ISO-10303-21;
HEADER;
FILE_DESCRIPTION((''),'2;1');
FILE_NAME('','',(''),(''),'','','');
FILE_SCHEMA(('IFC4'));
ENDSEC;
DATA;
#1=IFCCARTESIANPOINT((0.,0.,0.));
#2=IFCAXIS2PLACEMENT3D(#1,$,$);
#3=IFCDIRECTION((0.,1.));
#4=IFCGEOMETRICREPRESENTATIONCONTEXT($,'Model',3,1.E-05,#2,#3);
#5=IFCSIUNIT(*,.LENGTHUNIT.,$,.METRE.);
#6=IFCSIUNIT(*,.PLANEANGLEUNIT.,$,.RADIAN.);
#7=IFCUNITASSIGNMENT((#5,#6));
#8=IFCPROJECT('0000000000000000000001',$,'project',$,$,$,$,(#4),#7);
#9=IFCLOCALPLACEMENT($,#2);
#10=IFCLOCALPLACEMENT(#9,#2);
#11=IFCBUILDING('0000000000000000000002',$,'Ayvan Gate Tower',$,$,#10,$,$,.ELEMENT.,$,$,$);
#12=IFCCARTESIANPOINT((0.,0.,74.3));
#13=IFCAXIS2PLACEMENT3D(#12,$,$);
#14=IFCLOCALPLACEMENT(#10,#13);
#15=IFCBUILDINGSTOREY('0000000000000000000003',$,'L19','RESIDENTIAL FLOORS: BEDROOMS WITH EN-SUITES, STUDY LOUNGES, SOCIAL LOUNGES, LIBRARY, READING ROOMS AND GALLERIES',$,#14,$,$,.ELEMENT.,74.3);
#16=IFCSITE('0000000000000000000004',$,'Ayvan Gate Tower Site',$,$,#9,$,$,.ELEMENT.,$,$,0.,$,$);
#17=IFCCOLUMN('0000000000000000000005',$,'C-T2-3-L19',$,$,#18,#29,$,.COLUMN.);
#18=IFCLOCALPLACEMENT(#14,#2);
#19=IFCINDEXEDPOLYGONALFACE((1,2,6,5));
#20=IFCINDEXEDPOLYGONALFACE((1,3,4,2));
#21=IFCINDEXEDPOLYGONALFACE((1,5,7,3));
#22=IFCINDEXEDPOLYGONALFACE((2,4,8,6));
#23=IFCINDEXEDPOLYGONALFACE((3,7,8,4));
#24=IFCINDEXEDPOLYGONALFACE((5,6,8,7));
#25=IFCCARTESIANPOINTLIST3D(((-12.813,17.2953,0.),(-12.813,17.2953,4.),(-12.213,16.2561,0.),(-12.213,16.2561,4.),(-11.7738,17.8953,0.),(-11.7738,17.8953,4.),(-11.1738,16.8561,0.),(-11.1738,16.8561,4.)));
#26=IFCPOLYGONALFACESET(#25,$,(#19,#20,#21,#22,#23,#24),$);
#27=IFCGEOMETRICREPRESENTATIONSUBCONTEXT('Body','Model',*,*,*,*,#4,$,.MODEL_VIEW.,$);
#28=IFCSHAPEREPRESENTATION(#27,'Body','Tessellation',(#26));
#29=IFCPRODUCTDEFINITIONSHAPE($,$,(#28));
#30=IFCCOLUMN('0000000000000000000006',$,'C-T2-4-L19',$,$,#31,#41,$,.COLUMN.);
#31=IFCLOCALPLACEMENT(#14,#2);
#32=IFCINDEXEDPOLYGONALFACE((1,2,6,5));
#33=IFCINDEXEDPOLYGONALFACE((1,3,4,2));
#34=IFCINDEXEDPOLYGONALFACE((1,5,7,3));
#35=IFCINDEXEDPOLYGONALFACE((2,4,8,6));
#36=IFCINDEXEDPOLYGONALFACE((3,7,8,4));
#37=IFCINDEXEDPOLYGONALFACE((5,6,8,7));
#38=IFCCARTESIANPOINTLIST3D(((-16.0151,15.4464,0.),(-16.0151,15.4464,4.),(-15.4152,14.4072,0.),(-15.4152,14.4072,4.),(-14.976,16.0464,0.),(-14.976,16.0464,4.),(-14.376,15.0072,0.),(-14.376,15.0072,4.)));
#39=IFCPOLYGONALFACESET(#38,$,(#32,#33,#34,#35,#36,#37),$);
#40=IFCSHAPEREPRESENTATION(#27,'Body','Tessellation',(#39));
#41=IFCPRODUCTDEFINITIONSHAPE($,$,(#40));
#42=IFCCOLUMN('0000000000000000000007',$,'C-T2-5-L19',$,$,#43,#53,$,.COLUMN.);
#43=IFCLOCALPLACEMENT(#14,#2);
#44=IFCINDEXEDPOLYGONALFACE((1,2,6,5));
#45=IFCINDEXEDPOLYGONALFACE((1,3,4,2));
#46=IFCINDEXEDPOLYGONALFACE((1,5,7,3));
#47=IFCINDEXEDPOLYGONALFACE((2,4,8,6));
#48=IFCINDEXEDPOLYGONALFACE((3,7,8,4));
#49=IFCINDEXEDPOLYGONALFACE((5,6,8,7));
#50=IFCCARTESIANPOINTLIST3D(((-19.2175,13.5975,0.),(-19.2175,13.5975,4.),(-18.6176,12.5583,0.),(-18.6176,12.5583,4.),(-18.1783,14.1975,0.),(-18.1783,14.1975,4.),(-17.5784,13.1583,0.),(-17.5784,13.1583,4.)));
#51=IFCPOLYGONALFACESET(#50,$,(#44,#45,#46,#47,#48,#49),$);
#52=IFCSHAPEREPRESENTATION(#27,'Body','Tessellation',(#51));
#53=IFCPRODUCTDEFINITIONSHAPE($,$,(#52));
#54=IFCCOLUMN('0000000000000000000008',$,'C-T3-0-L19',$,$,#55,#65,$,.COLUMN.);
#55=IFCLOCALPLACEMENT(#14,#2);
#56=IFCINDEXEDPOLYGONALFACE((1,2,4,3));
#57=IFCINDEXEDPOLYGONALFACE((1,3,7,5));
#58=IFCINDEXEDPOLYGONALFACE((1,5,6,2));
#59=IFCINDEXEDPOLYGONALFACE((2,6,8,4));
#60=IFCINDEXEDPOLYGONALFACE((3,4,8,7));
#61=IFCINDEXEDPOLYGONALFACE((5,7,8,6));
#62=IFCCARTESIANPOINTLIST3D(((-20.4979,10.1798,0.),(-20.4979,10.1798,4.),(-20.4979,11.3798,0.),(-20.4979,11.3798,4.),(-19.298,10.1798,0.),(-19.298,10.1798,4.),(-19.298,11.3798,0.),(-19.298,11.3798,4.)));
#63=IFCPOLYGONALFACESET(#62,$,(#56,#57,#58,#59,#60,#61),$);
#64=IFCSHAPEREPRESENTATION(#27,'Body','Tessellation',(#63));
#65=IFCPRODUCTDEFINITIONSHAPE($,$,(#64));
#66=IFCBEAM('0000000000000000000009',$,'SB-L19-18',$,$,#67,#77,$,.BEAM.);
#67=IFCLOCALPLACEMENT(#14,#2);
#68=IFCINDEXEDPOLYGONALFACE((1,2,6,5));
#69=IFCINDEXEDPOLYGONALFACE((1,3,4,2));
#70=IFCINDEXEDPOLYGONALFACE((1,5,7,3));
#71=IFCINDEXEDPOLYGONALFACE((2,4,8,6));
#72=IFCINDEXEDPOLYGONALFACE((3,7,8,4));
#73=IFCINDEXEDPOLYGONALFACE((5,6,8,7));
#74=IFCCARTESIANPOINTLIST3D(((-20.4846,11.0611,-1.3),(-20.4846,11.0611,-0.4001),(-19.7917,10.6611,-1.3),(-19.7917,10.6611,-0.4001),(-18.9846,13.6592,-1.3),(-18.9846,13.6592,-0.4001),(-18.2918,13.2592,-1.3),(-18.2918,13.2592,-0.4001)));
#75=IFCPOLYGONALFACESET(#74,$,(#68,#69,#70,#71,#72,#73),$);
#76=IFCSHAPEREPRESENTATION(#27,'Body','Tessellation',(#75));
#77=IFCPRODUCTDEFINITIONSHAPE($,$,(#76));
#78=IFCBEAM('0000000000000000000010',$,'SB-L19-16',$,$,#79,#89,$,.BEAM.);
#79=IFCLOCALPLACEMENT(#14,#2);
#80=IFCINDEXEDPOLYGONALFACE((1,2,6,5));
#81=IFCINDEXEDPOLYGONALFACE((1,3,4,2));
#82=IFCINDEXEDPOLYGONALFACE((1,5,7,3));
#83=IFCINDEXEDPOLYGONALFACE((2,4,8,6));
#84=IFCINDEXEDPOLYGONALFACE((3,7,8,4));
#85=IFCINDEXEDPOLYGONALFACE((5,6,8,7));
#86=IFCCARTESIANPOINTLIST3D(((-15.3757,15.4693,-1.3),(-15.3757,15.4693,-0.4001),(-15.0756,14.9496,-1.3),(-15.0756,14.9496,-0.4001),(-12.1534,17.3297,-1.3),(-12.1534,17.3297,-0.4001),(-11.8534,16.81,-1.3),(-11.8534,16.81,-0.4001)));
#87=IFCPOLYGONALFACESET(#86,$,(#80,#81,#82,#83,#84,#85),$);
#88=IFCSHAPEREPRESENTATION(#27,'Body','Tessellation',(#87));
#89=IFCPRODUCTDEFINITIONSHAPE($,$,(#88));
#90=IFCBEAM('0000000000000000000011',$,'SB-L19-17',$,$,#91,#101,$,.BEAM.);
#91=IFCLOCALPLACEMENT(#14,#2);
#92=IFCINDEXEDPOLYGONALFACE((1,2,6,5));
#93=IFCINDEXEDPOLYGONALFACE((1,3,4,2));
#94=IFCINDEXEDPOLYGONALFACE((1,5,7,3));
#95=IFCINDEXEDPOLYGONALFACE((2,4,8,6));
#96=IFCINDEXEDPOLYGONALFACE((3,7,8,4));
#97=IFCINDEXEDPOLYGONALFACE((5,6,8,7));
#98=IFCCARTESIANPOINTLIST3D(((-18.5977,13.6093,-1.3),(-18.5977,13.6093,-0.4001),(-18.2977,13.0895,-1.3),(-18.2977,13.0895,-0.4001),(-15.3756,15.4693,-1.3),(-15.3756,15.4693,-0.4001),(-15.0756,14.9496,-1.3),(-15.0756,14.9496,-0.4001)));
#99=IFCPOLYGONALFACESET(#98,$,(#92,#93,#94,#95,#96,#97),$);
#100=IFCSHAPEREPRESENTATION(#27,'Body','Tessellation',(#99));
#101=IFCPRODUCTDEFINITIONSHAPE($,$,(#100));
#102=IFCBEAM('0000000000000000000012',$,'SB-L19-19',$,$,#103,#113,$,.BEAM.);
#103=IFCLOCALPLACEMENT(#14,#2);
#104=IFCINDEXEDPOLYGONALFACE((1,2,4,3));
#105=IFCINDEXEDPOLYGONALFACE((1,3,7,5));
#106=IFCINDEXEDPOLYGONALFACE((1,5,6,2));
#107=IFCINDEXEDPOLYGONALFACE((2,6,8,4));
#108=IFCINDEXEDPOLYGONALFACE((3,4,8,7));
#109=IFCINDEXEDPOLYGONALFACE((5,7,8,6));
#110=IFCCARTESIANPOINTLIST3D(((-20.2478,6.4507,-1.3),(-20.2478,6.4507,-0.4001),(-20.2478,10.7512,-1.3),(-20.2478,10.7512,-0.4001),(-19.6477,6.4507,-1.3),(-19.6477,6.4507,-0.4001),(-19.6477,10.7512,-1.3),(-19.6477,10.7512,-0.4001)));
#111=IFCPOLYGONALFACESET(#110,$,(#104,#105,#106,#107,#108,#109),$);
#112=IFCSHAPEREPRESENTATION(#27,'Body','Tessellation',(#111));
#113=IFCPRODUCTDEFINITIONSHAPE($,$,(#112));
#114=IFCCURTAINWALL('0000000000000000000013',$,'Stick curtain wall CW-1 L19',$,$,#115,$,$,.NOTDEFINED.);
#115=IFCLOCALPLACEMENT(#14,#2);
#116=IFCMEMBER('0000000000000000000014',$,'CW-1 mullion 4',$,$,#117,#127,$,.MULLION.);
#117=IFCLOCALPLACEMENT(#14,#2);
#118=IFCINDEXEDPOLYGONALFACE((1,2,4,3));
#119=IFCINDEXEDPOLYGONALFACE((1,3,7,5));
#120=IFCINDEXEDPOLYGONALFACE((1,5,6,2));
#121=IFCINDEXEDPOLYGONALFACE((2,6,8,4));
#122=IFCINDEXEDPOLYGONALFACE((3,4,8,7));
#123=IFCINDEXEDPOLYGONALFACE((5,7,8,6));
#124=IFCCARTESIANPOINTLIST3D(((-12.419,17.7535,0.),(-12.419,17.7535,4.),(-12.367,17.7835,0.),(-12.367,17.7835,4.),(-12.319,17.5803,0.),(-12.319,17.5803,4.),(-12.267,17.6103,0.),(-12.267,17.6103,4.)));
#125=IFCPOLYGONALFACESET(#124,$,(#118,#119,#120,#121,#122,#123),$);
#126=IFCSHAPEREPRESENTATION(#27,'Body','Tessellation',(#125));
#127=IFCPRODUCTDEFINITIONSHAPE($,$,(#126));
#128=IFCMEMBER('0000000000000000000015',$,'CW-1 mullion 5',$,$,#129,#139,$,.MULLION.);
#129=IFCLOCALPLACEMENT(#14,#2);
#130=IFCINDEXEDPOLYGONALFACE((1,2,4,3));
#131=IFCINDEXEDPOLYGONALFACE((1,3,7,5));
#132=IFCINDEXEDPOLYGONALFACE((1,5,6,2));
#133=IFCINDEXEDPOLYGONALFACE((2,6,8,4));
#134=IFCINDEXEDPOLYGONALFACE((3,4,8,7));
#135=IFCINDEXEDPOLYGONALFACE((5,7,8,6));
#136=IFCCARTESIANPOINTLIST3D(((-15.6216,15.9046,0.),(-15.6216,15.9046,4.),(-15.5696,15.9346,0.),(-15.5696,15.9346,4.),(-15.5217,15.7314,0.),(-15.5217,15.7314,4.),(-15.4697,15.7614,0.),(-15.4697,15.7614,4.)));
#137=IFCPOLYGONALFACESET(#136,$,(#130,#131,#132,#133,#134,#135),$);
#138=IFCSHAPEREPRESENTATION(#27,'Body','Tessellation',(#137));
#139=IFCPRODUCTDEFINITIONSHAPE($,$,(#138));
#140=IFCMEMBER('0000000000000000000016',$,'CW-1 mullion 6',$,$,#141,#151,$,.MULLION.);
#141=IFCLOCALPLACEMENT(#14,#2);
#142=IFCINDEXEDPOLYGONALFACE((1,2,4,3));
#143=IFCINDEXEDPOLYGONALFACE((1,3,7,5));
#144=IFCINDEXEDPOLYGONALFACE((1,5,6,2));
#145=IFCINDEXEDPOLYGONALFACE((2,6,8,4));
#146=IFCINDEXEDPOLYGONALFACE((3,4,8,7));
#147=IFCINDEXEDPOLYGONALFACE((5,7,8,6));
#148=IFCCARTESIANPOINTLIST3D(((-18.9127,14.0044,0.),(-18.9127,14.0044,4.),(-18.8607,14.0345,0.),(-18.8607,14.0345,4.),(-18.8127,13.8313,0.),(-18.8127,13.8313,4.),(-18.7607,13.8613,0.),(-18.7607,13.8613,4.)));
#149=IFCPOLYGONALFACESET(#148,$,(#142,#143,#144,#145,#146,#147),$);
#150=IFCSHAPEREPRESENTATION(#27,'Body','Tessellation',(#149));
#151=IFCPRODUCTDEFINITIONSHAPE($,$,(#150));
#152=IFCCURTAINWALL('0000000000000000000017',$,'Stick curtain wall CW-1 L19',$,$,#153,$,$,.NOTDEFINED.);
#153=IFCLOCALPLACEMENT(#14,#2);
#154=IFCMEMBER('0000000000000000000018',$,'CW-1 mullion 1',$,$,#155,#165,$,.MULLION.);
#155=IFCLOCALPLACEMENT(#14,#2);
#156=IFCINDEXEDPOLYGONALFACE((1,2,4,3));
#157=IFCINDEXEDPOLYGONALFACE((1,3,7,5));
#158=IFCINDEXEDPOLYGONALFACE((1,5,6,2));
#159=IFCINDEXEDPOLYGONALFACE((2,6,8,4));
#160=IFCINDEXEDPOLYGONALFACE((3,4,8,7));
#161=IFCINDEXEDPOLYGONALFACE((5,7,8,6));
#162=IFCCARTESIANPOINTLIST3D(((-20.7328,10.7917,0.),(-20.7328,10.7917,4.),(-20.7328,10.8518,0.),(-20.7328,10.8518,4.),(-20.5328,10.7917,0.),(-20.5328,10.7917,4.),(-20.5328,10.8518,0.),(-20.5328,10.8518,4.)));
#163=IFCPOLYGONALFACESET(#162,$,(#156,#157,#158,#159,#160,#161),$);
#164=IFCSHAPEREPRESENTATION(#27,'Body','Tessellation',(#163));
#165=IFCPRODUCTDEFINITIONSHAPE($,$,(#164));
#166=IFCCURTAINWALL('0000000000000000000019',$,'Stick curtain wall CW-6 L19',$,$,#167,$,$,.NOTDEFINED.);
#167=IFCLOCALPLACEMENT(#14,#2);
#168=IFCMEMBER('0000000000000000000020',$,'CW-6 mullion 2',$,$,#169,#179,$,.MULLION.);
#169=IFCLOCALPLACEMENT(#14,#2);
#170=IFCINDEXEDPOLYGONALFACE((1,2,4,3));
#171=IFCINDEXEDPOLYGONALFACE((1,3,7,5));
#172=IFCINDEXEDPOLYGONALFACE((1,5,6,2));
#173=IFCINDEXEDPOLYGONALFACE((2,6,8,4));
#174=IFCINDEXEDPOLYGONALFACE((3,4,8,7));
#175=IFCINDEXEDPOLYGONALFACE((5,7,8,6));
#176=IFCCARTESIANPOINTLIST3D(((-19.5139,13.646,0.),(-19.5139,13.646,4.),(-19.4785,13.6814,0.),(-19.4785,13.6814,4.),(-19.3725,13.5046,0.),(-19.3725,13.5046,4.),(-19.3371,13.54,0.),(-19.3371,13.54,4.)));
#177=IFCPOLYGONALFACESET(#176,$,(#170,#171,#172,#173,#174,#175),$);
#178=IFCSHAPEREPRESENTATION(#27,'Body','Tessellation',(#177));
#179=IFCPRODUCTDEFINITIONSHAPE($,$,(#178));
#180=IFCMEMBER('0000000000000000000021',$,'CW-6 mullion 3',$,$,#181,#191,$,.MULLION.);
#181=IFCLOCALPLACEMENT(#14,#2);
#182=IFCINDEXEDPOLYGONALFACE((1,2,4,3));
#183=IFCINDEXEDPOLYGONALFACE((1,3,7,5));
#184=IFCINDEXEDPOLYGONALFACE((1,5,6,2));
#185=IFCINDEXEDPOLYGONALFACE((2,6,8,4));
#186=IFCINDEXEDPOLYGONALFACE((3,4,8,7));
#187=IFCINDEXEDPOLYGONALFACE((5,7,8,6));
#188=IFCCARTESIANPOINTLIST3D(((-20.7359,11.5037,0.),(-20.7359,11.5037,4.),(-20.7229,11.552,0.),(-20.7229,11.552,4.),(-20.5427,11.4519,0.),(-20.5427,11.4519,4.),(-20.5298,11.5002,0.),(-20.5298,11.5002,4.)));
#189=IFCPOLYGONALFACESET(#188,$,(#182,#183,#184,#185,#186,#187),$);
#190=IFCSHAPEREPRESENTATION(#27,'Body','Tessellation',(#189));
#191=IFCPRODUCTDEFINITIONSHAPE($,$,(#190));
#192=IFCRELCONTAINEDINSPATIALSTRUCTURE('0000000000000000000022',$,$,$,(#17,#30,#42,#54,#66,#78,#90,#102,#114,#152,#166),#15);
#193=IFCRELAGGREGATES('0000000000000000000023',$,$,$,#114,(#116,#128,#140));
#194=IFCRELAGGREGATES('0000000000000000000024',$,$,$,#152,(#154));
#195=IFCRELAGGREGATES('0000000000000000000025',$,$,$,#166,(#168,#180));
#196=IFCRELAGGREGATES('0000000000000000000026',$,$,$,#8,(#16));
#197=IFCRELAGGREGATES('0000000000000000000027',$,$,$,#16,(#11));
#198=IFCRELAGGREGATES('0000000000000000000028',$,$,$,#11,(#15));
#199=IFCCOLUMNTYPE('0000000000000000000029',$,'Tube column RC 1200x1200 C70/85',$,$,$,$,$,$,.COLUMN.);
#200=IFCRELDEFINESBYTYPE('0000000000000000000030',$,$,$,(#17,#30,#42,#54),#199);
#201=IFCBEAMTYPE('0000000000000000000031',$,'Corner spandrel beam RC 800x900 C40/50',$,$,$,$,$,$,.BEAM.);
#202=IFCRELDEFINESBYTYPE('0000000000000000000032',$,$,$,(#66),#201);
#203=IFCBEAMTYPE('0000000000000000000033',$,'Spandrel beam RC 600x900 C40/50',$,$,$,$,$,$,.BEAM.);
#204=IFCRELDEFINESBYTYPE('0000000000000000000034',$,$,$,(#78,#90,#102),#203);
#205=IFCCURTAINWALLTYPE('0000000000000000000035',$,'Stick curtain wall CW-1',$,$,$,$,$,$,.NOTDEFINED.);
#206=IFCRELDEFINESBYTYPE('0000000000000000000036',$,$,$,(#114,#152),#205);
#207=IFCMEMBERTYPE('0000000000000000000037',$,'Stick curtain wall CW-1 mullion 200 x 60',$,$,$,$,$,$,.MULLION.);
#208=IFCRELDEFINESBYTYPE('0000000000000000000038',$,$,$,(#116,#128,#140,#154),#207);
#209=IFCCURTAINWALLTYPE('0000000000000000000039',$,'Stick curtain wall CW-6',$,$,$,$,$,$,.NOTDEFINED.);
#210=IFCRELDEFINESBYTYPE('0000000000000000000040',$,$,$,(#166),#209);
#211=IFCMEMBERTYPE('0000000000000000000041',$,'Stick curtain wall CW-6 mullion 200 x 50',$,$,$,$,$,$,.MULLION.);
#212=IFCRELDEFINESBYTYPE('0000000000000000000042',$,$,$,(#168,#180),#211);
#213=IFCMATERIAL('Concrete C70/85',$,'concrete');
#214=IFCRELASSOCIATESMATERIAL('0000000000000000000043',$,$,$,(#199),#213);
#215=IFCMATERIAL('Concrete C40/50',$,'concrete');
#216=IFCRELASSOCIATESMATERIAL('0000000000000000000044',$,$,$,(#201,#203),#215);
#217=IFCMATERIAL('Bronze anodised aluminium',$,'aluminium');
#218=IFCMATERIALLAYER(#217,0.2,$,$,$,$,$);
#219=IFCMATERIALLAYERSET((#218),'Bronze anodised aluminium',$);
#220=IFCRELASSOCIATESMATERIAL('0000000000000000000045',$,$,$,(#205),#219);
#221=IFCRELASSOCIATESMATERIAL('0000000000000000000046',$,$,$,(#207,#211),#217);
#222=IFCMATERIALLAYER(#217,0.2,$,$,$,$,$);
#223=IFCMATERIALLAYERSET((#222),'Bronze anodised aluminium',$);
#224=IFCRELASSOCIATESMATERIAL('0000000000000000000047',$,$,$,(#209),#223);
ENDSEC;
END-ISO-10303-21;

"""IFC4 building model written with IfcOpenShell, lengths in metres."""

from ifc_helpers import new_model, si_unit, direction, frame, origin, origin_2d, place, context, subcontext, project, spatial, rectangle, extrude, material, layer, layer_set, material_profile, profile_set, type_object, element, aggregate, save


model = new_model("IFC4")

# Units and contexts
model_context = context("Model", 3, precision=1e-05, world=origin(), true_north=direction((0.0, 1.0)))
body_context = subcontext(model_context, "Body", "Model", "MODEL_VIEW")
ifc_project = project(units=[si_unit("LENGTHUNIT", "METRE"), si_unit("PLANEANGLEUNIT", "RADIAN")], contexts=[model_context])

# Site, building, storey
site_placement = place(None, origin())
site = spatial("IfcSite", under=ifc_project, at=site_placement, Name="Ayvan Gate Tower Site", CompositionType="ELEMENT", RefElevation=0.0)
building_placement = place(site_placement, origin())
building = spatial("IfcBuilding", under=site, at=building_placement, Name="Ayvan Gate Tower", CompositionType="ELEMENT")
storey_placement = place(building_placement, frame((0.0, 0.0, 74.3)))
storey = spatial("IfcBuildingStorey", under=building, at=storey_placement, Name="L19", Description="RESIDENTIAL FLOORS: BEDROOMS WITH EN-SUITES, STUDY LOUNGES, SOCIAL LOUNGES, LIBRARY, READING ROOMS AND GALLERIES", CompositionType="ELEMENT", Elevation=74.3)

# Columns
ifc_material_1 = material(Name="Concrete C70/85", Category="concrete")
ifc_material_profile_1 = material_profile(ifc_material_1, rectangle(XDim=1.2, YDim=1.2, at=origin_2d()), Name="RC 1200x1200")
ifc_profile_set_1 = profile_set([ifc_material_profile_1], Name="Concrete C70/85")
column_type = type_object("IfcColumnType", Name="Tube column RC 1200x1200 C70/85", PredefinedType="COLUMN", material=ifc_profile_set_1)
for number, where, z_axis, x_axis, name in (
    (1, (-11.9934, 17.0757, 0.0), (0.0, 0.0, 1.0), (-0.5, 0.866025, 0.0), "C-T2-3-L19"),
    (2, (-15.1956, 15.2268, 0.0), (0.0, 0.0, 1.0), (-0.5, 0.866025, 0.0), "C-T2-4-L19"),
    (3, (-18.3979, 13.3779, 0.0), (0.0, 0.0, 1.0), (-0.5, 0.866025, 0.0), "C-T2-5-L19"),
    (4, (-19.8979, 10.7798, 0.0), (0.0, 0.0, 1.0), (-1.0, 0.0, 0.0), "C-T3-0-L19"),
):
    element("IfcColumn", number, at=place(storey_placement, frame(where, z_axis=z_axis, x_axis=x_axis)), inside=storey, type_object=column_type, Name=name, PredefinedType="COLUMN", context=body_context, shape_type="SweptSolid", body=[
        extrude(rectangle(XDim=1.2, YDim=1.2, at=origin_2d()), origin(), (0.0, 0.0, 1.0), 4.0),
    ])

# Beams
ifc_material_2 = material(Name="Concrete C40/50", Category="concrete")
ifc_material_profile_2 = material_profile(ifc_material_2, rectangle(XDim=0.8, YDim=0.8999, at=origin_2d()), Name="RC 800x900")
ifc_profile_set_2 = profile_set([ifc_material_profile_2], Name="Concrete C40/50")
beam_type_1 = type_object("IfcBeamType", Name="Corner spandrel beam RC 800x900 C40/50", PredefinedType="BEAM", material=ifc_profile_set_2)
beam_1_placement = place(storey_placement, frame((-18.6382, 13.4592, -0.8501), z_axis=(-0.49999, -0.866031, 0.0), x_axis=(0.866031, -0.49999, 0.0)))
element("IfcBeam", 5, at=beam_1_placement, inside=storey, type_object=beam_type_1, Name="SB-L19-18", PredefinedType="BEAM", context=body_context, shape_type="SweptSolid", body=[
    extrude(rectangle(XDim=0.8, YDim=0.8999, at=origin_2d()), origin(), (0.0, 0.0, 1.0), 3.0),
])
ifc_material_profile_3 = material_profile(ifc_material_2, rectangle(XDim=0.6001, YDim=0.8999, at=origin_2d()), Name="RC 600x900")
ifc_profile_set_3 = profile_set([ifc_material_profile_3], Name="Concrete C40/50")
beam_type_2 = type_object("IfcBeamType", Name="Spandrel beam RC 600x900 C40/50", PredefinedType="BEAM", material=ifc_profile_set_3)
beam_2_placement = place(storey_placement, frame((-12.0034, 17.0698, -0.8501), z_axis=(-0.866022, -0.500006, 0.0), x_axis=(0.500006, -0.866022, 0.0)))
element("IfcBeam", 6, at=beam_2_placement, inside=storey, type_object=beam_type_2, Name="SB-L19-16", PredefinedType="BEAM", context=body_context, shape_type="SweptSolid", body=[
    extrude(rectangle(XDim=0.6001, YDim=0.8999, at=origin_2d()), origin(), (0.0, 0.0, 1.0), 3.7207),
])
beam_3_placement = place(storey_placement, frame((-15.2256, 15.2095, -0.8501), z_axis=(-0.86605, -0.499957, 0.0), x_axis=(0.499957, -0.86605, 0.0)))
element("IfcBeam", 7, at=beam_3_placement, inside=storey, type_object=beam_type_2, Name="SB-L19-17", PredefinedType="BEAM", context=body_context, shape_type="SweptSolid", body=[
    extrude(rectangle(XDim=0.6001, YDim=0.8999, at=origin_2d()), origin(), (0.0, 0.0, 1.0), 3.7205),
])
beam_4_placement = place(storey_placement, frame((-19.9478, 10.7512, -0.8501), z_axis=(0.0, -1.0, 0.0), x_axis=(1.0, 0.0, 0.0)))
element("IfcBeam", 8, at=beam_4_placement, inside=storey, type_object=beam_type_2, Name="SB-L19-19", PredefinedType="BEAM", context=body_context, shape_type="SweptSolid", body=[
    extrude(rectangle(XDim=0.6001, YDim=0.8999, at=origin_2d()), origin(), (0.0, 0.0, 1.0), 4.3005),
])

# Curtain wall, members
ifc_material_3 = material(Name="Bronze anodised aluminium", Category="aluminium")
ifc_layer_1 = layer(ifc_material_3, 0.2)
ifc_layer_set_1 = layer_set([ifc_layer_1], Name="Bronze anodised aluminium")
curtain_wall_type_1 = type_object("IfcCurtainWallType", Name="Stick curtain wall CW-1", PredefinedType="NOTDEFINED", material=ifc_layer_set_1)
curtain_wall_1_placement = place(storey_placement, origin())
curtain_wall_1 = element("IfcCurtainWall", 9, at=curtain_wall_1_placement, inside=storey, type_object=curtain_wall_type_1, Name="Stick curtain wall CW-1 L19", PredefinedType="NOTDEFINED")
ifc_material_profile_4 = material_profile(ifc_material_3, rectangle(XDim=0.2, YDim=0.0601, at=origin_2d()), Name="Stick curtain wall CW-1 mullion 200 x 60")
ifc_profile_set_4 = profile_set([ifc_material_profile_4], Name="Bronze anodised aluminium")
member_type_1 = type_object("IfcMemberType", Name="Stick curtain wall CW-1 mullion 200 x 60", PredefinedType="MULLION", material=ifc_profile_set_4)
member_1_placement = place(storey_placement, frame((-12.343, 17.6819, 0.0), z_axis=(0.0, 0.0, 1.0), x_axis=(-0.5, 0.866025, 0.0)))
member_1 = element("IfcMember", 10, at=member_1_placement, type_object=member_type_1, Name="CW-1 mullion 4", PredefinedType="MULLION", context=body_context, shape_type="SweptSolid", body=[
    extrude(rectangle(XDim=0.2, YDim=0.0601, at=origin_2d()), origin(), (0.0, 0.0, 1.0), 4.0),
])
member_2_placement = place(storey_placement, frame((-15.5457, 15.833, 0.0), z_axis=(0.0, 0.0, 1.0), x_axis=(-0.5, 0.866025, 0.0)))
member_2 = element("IfcMember", 11, at=member_2_placement, type_object=member_type_1, Name="CW-1 mullion 5", PredefinedType="MULLION", context=body_context, shape_type="SweptSolid", body=[
    extrude(rectangle(XDim=0.2, YDim=0.0601, at=origin_2d()), origin(), (0.0, 0.0, 1.0), 4.0),
])
member_3_placement = place(storey_placement, frame((-18.8367, 13.9329, 0.0), z_axis=(0.0, 0.0, 1.0), x_axis=(-0.5, 0.866025, 0.0)))
member_3 = element("IfcMember", 12, at=member_3_placement, type_object=member_type_1, Name="CW-1 mullion 6", PredefinedType="MULLION", context=body_context, shape_type="SweptSolid", body=[
    extrude(rectangle(XDim=0.2, YDim=0.0601, at=origin_2d()), origin(), (0.0, 0.0, 1.0), 4.0),
])

# Curtain wall, member
curtain_wall_2_placement = place(storey_placement, origin())
curtain_wall_2 = element("IfcCurtainWall", 13, at=curtain_wall_2_placement, inside=storey, type_object=curtain_wall_type_1, Name="Stick curtain wall CW-1 L19", PredefinedType="NOTDEFINED")
member_4_placement = place(storey_placement, frame((-20.6328, 10.8218, 0.0), z_axis=(0.0, 0.0, 1.0), x_axis=(-1.0, 0.0, 0.0)))
member_4 = element("IfcMember", 14, at=member_4_placement, type_object=member_type_1, Name="CW-1 mullion 1", PredefinedType="MULLION", context=body_context, shape_type="SweptSolid", body=[
    extrude(rectangle(XDim=0.2, YDim=0.0601, at=origin_2d()), origin(), (0.0, 0.0, 1.0), 4.0),
])

# Curtain wall, members
ifc_layer_2 = layer(ifc_material_3, 0.2)
ifc_layer_set_2 = layer_set([ifc_layer_2], Name="Bronze anodised aluminium")
curtain_wall_type_2 = type_object("IfcCurtainWallType", Name="Stick curtain wall CW-6", PredefinedType="NOTDEFINED", material=ifc_layer_set_2)
curtain_wall_3_placement = place(storey_placement, origin())
curtain_wall_3 = element("IfcCurtainWall", 15, at=curtain_wall_3_placement, inside=storey, type_object=curtain_wall_type_2, Name="Stick curtain wall CW-6 L19", PredefinedType="NOTDEFINED")
ifc_material_profile_5 = material_profile(ifc_material_3, rectangle(XDim=0.2, YDim=0.05, at=origin_2d()), Name="Stick curtain wall CW-6 mullion 200 x 50")
ifc_profile_set_5 = profile_set([ifc_material_profile_5], Name="Bronze anodised aluminium")
member_type_2 = type_object("IfcMemberType", Name="Stick curtain wall CW-6 mullion 200 x 50", PredefinedType="MULLION", material=ifc_profile_set_5)
member_5_placement = place(storey_placement, frame((-19.4255, 13.593, 0.0), z_axis=(0.0, 0.0, 1.0), x_axis=(-0.707107, 0.707107, 0.0)))
member_5 = element("IfcMember", 16, at=member_5_placement, type_object=member_type_2, Name="CW-6 mullion 2", PredefinedType="MULLION", context=body_context, shape_type="SweptSolid", body=[
    extrude(rectangle(XDim=0.2, YDim=0.05, at=origin_2d()), origin(), (0.0, 0.0, 1.0), 4.0),
])
member_6_placement = place(storey_placement, frame((-20.6328, 11.502, 0.0), z_axis=(0.0, 0.0, 1.0), x_axis=(-0.965926, 0.258819, 0.0)))
member_6 = element("IfcMember", 17, at=member_6_placement, type_object=member_type_2, Name="CW-6 mullion 3", PredefinedType="MULLION", context=body_context, shape_type="SweptSolid", body=[
    extrude(rectangle(XDim=0.2, YDim=0.05, at=origin_2d()), origin(), (0.0, 0.0, 1.0), 4.0),
])

aggregate(curtain_wall_1, [member_1, member_2, member_3])
aggregate(curtain_wall_2, [member_4])
aggregate(curtain_wall_3, [member_5, member_6])

save(model, "model.ifc")
